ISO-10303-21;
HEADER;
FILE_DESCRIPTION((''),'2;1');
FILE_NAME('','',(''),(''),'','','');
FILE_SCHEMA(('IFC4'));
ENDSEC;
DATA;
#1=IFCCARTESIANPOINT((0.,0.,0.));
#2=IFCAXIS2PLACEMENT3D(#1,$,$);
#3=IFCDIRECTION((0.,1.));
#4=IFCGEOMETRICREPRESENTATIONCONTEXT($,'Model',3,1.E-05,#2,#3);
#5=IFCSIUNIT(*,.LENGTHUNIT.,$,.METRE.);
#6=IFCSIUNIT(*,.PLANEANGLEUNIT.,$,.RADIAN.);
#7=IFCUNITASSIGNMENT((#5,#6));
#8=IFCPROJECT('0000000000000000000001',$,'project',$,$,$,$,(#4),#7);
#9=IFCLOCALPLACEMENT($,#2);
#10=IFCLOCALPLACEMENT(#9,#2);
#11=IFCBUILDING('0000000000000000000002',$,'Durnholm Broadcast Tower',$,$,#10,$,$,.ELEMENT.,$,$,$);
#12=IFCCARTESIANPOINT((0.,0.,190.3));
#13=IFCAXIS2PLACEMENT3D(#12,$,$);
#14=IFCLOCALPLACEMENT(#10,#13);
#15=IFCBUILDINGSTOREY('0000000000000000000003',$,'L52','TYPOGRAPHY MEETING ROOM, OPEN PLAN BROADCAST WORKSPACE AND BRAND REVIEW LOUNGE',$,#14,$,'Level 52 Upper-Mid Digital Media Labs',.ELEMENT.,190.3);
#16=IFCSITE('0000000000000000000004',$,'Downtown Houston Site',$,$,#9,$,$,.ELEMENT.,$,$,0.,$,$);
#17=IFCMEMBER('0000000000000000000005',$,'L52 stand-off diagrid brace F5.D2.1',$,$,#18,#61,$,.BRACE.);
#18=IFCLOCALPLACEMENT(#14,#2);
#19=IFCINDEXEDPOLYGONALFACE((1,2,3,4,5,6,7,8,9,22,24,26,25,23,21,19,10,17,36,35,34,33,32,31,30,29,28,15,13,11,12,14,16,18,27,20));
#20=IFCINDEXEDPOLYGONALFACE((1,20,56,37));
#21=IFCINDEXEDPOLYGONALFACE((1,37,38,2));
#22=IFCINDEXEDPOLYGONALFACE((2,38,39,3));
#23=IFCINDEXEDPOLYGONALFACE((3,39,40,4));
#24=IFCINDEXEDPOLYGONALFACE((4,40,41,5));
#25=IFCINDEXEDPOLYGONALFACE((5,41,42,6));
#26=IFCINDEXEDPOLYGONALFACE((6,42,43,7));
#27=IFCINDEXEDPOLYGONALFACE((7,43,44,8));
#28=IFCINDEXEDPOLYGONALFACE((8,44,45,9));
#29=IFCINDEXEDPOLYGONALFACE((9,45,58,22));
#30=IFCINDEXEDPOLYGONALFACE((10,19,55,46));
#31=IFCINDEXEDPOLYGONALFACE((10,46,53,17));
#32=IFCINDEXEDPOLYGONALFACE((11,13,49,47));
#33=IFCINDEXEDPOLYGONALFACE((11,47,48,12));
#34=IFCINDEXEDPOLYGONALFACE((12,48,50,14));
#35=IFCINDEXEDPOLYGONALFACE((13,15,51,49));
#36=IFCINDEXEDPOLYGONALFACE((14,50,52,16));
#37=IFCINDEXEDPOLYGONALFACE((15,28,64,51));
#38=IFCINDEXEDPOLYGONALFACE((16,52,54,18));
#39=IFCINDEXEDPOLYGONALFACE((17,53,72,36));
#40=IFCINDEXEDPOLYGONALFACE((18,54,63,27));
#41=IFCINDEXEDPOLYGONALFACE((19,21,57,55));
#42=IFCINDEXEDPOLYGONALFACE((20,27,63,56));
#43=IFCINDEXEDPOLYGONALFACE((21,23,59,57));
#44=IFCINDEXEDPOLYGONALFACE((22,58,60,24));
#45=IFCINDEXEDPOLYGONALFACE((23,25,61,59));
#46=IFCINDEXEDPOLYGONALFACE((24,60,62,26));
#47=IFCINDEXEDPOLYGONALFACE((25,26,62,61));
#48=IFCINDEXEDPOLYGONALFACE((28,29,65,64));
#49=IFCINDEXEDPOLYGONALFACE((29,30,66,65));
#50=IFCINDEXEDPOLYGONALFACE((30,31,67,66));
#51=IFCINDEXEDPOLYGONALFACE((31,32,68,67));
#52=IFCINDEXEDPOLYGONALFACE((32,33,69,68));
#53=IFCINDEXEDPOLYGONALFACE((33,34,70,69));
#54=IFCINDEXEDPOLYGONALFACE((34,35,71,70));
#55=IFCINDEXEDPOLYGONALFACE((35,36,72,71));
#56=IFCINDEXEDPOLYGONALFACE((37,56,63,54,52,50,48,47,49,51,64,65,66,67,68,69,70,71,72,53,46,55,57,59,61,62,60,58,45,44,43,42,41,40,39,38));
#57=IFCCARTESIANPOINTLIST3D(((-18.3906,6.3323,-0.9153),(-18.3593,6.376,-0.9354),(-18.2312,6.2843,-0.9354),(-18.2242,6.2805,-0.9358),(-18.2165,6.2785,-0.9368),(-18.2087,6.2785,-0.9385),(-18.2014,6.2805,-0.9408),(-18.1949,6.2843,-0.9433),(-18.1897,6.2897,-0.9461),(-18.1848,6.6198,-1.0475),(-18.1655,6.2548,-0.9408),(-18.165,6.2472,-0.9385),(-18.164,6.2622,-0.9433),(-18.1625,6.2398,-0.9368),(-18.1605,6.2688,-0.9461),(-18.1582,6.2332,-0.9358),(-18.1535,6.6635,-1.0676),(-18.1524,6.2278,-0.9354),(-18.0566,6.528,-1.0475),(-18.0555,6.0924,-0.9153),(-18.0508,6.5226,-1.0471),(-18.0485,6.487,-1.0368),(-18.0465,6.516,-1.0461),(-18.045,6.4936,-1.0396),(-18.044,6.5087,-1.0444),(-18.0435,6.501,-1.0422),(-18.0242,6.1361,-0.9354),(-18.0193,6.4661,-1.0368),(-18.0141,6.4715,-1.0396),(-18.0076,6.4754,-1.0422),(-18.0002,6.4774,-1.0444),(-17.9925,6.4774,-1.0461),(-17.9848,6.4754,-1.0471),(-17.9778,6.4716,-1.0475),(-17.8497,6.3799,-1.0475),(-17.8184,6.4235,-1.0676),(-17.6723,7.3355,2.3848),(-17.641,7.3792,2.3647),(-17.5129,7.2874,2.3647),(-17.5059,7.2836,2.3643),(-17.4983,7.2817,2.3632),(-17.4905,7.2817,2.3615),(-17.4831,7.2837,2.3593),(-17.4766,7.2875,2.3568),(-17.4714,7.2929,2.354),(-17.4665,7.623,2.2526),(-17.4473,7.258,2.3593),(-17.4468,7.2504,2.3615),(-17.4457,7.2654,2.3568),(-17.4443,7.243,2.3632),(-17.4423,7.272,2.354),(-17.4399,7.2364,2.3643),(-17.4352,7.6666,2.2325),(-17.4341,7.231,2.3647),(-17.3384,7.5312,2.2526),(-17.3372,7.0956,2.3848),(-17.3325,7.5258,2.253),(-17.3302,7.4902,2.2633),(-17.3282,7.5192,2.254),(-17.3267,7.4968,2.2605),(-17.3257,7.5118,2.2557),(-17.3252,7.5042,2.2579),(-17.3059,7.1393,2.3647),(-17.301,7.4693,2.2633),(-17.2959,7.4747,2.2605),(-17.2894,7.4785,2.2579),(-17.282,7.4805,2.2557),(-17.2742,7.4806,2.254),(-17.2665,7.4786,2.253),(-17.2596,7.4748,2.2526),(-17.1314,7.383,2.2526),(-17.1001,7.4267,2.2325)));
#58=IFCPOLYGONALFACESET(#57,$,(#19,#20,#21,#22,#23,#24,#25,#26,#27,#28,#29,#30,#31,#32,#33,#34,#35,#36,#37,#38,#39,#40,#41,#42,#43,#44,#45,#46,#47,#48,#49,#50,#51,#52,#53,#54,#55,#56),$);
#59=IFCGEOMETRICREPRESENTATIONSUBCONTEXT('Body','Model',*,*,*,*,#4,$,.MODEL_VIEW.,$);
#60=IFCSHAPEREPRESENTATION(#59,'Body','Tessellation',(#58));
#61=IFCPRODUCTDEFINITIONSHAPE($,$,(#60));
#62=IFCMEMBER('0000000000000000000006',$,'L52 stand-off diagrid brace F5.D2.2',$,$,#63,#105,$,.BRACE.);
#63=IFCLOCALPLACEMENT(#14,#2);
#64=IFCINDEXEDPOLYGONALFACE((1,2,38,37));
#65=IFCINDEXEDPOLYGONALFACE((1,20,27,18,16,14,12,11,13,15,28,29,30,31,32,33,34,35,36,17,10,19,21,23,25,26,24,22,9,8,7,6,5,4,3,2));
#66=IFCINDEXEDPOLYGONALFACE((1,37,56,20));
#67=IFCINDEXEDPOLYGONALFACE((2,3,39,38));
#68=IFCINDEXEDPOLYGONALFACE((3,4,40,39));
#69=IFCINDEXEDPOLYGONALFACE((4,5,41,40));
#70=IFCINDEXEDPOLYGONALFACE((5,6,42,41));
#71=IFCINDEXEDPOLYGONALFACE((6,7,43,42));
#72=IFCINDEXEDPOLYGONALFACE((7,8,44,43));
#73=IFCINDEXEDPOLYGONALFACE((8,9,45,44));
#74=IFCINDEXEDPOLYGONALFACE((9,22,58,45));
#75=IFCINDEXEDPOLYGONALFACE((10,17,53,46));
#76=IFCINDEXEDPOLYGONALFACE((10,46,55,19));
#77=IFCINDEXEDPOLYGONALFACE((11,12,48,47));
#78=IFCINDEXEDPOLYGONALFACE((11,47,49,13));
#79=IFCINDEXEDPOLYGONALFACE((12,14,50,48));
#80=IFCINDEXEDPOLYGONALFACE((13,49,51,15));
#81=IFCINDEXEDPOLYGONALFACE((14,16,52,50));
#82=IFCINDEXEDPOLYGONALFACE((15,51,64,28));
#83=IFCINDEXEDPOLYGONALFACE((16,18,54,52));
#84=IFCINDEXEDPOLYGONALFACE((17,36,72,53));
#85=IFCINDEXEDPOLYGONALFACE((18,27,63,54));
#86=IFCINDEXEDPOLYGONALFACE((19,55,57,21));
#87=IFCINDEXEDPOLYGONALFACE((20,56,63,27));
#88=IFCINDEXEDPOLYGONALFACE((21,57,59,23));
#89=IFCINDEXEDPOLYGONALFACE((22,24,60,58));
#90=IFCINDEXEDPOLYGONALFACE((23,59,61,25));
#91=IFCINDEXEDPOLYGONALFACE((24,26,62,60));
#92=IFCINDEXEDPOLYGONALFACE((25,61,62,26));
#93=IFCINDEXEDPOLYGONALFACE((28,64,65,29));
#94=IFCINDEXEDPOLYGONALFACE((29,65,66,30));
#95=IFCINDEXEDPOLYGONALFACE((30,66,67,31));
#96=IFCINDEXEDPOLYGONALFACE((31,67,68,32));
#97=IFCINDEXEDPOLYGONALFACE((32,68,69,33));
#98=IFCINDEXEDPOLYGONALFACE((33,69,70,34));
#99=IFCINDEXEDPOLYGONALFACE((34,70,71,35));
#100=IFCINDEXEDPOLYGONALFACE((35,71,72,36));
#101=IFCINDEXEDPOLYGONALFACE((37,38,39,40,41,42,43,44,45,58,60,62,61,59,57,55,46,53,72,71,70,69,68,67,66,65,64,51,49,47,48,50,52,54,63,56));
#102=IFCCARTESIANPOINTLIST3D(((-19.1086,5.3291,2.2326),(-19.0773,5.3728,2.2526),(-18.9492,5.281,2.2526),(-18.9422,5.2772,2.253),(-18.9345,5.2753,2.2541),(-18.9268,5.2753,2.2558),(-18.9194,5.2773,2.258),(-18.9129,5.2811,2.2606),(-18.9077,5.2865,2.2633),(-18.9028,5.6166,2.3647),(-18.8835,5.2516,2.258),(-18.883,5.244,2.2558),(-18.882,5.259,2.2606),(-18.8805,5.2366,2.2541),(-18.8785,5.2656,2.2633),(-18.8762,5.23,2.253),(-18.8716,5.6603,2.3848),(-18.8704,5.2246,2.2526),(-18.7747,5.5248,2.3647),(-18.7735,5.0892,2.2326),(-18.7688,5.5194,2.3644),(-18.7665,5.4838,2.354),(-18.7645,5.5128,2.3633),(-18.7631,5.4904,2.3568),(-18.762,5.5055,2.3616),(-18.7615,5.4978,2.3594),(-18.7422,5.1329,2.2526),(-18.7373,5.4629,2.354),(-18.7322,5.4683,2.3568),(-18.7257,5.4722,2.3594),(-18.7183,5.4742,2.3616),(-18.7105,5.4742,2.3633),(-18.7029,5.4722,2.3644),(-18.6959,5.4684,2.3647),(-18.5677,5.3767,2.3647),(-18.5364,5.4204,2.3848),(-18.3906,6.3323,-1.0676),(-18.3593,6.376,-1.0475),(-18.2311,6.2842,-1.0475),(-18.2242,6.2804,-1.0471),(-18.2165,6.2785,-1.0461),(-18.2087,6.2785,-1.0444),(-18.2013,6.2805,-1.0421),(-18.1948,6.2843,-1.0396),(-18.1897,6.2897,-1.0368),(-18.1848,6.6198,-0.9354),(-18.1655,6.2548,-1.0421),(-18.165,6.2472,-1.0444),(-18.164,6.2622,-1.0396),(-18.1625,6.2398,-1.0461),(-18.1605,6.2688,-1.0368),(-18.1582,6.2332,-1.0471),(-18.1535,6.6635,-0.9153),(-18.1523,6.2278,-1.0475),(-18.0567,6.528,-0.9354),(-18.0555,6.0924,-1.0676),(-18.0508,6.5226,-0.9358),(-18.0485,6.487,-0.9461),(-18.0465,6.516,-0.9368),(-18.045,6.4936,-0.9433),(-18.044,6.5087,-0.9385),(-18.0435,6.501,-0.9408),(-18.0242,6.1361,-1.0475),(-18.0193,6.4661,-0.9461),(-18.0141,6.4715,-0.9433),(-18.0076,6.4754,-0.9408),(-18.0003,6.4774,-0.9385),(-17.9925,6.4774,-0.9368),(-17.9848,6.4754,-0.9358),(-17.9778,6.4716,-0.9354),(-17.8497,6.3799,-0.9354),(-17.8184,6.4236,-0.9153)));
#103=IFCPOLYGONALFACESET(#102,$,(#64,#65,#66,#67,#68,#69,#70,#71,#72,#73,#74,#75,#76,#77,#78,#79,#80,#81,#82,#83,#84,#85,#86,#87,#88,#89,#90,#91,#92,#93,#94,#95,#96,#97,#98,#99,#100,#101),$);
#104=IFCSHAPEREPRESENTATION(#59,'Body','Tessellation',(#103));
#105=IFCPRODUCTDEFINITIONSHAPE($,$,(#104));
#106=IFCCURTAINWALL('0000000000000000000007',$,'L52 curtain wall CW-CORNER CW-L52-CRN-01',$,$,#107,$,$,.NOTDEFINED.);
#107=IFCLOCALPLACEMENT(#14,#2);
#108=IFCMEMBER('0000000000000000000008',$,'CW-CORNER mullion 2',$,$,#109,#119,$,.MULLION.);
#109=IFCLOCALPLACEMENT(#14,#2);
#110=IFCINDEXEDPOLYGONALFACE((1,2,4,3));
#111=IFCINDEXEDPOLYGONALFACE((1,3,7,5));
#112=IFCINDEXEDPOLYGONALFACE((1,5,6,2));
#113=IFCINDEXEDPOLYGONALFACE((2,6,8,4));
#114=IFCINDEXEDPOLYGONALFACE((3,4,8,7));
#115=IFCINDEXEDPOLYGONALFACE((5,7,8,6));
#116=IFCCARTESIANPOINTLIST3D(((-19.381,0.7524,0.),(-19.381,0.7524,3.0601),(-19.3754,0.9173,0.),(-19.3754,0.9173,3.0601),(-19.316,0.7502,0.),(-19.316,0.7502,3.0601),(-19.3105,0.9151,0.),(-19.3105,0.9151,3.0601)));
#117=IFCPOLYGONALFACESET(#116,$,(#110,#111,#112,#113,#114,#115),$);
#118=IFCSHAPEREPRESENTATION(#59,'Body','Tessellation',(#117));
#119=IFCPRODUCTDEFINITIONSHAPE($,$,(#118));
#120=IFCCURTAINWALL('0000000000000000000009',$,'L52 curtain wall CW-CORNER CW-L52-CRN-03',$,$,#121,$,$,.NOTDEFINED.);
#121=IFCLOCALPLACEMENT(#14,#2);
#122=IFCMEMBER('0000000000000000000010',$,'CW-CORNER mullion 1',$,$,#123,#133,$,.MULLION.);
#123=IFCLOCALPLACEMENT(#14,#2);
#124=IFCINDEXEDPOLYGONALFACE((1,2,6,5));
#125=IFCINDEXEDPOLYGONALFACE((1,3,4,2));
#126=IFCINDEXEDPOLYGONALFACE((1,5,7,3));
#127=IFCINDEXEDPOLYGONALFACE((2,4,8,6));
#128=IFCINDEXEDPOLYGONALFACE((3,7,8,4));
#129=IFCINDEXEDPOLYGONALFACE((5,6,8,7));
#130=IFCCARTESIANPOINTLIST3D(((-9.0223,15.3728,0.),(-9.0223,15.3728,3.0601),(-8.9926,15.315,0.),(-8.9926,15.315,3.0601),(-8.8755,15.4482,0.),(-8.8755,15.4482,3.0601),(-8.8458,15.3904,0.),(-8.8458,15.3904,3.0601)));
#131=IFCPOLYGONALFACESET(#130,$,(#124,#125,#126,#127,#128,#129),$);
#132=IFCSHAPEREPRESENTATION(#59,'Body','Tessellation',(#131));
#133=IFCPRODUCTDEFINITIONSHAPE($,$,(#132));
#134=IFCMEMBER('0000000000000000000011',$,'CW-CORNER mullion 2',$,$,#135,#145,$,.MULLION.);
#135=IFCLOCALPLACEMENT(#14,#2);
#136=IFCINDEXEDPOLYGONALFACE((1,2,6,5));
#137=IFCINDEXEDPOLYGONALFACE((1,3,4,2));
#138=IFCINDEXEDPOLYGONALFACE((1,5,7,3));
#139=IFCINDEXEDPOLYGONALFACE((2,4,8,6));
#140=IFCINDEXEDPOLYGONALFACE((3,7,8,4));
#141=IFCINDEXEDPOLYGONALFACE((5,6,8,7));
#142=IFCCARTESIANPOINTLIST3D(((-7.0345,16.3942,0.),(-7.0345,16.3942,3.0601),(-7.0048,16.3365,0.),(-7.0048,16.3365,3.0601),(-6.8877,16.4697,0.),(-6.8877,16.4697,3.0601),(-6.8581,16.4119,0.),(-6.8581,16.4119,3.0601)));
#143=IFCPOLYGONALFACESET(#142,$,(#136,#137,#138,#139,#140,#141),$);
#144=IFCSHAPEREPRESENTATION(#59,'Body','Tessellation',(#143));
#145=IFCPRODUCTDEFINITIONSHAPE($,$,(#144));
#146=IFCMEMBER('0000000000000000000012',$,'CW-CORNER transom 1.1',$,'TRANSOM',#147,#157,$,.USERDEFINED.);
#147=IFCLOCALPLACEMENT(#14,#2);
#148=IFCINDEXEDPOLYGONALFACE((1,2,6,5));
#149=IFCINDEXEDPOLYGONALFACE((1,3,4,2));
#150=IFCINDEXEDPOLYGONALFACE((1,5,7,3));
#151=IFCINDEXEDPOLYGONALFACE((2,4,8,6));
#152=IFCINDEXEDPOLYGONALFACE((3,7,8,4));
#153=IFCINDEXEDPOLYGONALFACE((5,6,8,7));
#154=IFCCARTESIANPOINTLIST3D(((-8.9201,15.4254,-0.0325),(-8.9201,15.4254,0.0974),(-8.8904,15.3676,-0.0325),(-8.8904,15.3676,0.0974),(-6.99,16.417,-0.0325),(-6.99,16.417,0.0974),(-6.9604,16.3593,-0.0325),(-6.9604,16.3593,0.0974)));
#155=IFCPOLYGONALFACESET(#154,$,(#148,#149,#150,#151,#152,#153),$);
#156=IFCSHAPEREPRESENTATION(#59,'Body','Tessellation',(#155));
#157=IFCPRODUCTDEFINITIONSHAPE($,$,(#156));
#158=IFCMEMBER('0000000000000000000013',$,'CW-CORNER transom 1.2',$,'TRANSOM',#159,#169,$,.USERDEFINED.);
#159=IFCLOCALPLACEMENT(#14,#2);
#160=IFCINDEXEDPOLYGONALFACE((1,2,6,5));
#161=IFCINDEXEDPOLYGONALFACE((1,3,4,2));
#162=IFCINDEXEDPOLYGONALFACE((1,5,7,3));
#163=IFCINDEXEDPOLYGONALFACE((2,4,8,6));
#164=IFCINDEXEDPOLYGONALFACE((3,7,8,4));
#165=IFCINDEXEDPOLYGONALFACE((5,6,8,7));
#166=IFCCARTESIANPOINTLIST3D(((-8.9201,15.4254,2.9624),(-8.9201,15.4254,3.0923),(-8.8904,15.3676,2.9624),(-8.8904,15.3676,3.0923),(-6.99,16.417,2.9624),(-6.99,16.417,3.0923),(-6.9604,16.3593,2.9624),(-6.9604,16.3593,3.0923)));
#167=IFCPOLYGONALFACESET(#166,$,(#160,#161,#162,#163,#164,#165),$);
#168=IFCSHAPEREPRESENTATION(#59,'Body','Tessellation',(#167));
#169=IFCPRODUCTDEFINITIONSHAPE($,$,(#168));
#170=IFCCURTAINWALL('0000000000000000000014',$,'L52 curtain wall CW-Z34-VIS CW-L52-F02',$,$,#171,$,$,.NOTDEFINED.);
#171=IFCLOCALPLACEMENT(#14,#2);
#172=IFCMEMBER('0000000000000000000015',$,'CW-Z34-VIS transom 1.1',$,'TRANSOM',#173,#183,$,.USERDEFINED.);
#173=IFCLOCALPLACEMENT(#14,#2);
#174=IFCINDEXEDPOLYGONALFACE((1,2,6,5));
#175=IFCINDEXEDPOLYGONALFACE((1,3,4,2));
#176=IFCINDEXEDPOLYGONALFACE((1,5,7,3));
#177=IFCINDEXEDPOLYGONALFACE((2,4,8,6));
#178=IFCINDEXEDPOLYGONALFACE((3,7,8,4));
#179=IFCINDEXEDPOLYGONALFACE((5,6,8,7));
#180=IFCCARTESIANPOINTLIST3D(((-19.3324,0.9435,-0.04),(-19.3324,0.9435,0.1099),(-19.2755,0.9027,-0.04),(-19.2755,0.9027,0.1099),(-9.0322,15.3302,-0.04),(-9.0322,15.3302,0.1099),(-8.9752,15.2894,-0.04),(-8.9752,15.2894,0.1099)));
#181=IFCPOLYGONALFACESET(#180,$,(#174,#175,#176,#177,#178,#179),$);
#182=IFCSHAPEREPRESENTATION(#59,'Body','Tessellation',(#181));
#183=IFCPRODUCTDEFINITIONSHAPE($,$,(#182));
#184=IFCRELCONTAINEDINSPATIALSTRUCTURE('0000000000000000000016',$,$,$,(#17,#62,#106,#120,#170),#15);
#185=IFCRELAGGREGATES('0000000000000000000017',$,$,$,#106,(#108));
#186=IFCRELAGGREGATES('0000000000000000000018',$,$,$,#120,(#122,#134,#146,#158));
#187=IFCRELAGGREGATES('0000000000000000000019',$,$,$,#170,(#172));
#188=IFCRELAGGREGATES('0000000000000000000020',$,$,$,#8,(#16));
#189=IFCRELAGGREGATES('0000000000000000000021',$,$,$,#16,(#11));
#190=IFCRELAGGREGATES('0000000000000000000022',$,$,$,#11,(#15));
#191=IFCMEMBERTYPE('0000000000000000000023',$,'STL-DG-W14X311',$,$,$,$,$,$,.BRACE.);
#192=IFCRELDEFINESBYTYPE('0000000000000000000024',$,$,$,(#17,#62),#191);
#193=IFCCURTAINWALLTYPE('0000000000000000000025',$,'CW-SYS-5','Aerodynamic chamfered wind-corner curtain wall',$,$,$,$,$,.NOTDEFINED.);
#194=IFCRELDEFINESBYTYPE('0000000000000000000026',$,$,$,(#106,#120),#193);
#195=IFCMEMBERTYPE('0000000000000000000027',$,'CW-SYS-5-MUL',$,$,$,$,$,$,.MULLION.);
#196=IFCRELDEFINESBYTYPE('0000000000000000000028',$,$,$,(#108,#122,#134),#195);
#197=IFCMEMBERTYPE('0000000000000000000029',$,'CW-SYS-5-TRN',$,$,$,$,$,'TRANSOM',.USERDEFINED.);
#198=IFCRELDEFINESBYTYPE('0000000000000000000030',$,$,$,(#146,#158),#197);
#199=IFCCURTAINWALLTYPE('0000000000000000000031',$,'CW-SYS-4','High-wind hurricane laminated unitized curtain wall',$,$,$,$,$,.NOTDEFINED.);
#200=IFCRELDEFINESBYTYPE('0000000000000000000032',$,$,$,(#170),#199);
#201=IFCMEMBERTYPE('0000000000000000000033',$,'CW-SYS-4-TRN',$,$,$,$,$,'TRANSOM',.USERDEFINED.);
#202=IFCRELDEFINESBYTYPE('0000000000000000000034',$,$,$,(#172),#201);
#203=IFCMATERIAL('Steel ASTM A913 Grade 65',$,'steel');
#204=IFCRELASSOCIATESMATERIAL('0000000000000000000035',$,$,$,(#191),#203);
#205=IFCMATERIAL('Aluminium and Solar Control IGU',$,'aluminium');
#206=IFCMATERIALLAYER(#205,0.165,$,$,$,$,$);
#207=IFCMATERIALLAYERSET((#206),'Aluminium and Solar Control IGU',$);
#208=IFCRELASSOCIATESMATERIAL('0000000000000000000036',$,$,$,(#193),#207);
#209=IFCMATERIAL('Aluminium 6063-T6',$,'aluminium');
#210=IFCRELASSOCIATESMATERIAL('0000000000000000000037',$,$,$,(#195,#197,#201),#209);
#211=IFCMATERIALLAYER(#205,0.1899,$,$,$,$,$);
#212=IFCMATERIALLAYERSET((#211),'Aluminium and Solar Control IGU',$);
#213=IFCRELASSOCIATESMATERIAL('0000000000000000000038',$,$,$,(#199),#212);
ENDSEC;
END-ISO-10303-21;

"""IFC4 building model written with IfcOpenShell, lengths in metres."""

from ifc_helpers import new_model, si_unit, direction, frame, origin, origin_2d, place, context, subcontext, project, spatial, rectangle, i_section, extrude, source, transform, mapped, material, layer, layer_set, material_profile, profile_set, type_object, type_shapes, element, aggregate, save


model = new_model("IFC4")

# Units and contexts
model_context = context("Model", 3, precision=1e-05, world=origin(), true_north=direction((0.0, 1.0)))
body_context = subcontext(model_context, "Body", "Model", "MODEL_VIEW")
ifc_project = project(units=[si_unit("LENGTHUNIT", "METRE"), si_unit("PLANEANGLEUNIT", "RADIAN")], contexts=[model_context])

# Site, building, storey
site_placement = place(None, origin())
site = spatial("IfcSite", under=ifc_project, at=site_placement, Name="Downtown Houston Site", CompositionType="ELEMENT", RefElevation=0.0)
building_placement = place(site_placement, origin())
building = spatial("IfcBuilding", under=site, at=building_placement, Name="Durnholm Broadcast Tower", CompositionType="ELEMENT")
storey_placement = place(building_placement, frame((0.0, 0.0, 190.3)))
storey = spatial("IfcBuildingStorey", under=building, at=storey_placement, Name="L52", Description="TYPOGRAPHY MEETING ROOM, OPEN PLAN BROADCAST WORKSPACE AND BRAND REVIEW LOUNGE", LongName="Level 52 Upper-Mid Digital Media Labs", CompositionType="ELEMENT", Elevation=190.3)

# Members
ifc_material_1 = material(Name="Steel ASTM A913 Grade 65", Category="steel")
ifc_material_profile_1 = material_profile(ifc_material_1, i_section(OverallWidth=0.4121, OverallDepth=0.4348, WebThickness=0.0359, FlangeThickness=0.0574, FilletRadius=0.0305, at=origin_2d()), Name="W14X311")
ifc_profile_set_1 = profile_set([ifc_material_profile_1], Name="Steel ASTM A913 Grade 65")
member_type_1 = type_object("IfcMemberType", Name="STL-DG-W14X311", PredefinedType="BRACE", material=ifc_profile_set_1)
shared_shape_1 = source(origin(), body_context, "Body", "SweptSolid", [
    extrude(i_section(OverallWidth=0.4121, OverallDepth=0.4348, WebThickness=0.0359, FlangeThickness=0.0574, FilletRadius=0.0305, at=origin_2d()), origin(), (0.0, 0.0, 1.0), 3.5232),
])
type_shapes(member_type_1, [shared_shape_1])
for number, where, z_axis, x_axis, name in (
    (1, (-18.1045, 6.3779, -0.9915), (0.203869, 0.284738, 0.936676), (-0.813078, 0.582155, 0.0), "L52 stand-off diagrid brace F5.D2.1"),
    (2, (-18.1045, 6.3779, -0.9915), (-0.203803, -0.284742, 0.936689), (0.813171, -0.582024, 0.0), "L52 stand-off diagrid brace F5.D2.2"),
):
    element("IfcMember", number, at=place(storey_placement, frame(where, z_axis=z_axis, x_axis=x_axis)), inside=storey, type_object=member_type_1, Name=name, PredefinedType="BRACE", context=body_context, shape_type="MappedRepresentation", body=[
        mapped(shared_shape_1, transform((0.0, 0.0, 0.0), x_axis=(1.0, 0.0, 0.0), y_axis=(0.0, 1.0, 0.0), z_axis=(0.0, 0.0, 1.0), scale=1.0)),
    ])

# Curtain wall, member
ifc_material_2 = material(Name="Aluminium and Solar Control IGU", Category="aluminium")
ifc_layer_1 = layer(ifc_material_2, 0.165)
ifc_layer_set_1 = layer_set([ifc_layer_1], Name="Aluminium and Solar Control IGU")
curtain_wall_type_1 = type_object("IfcCurtainWallType", Name="CW-SYS-5", Description="Aerodynamic chamfered wind-corner curtain wall", PredefinedType="NOTDEFINED", material=ifc_layer_set_1)
curtain_wall_1_placement = place(storey_placement, origin())
curtain_wall_1 = element("IfcCurtainWall", 3, at=curtain_wall_1_placement, inside=storey, type_object=curtain_wall_type_1, Name="L52 curtain wall CW-CORNER CW-L52-CRN-01", PredefinedType="NOTDEFINED")
ifc_material_3 = material(Name="Aluminium 6063-T6", Category="aluminium")
ifc_material_profile_2 = material_profile(ifc_material_3, rectangle(XDim=0.0649, YDim=0.165, at=origin_2d()), Name="CWM65X165")
ifc_profile_set_2 = profile_set([ifc_material_profile_2], Name="Aluminium 6063-T6")
member_type_2 = type_object("IfcMemberType", Name="CW-SYS-5-MUL", PredefinedType="MULLION", material=ifc_profile_set_2)
shared_shape_2 = source(origin(), body_context, "Body", "SweptSolid", [
    extrude(rectangle(XDim=0.0649, YDim=0.165, at=origin_2d()), origin(), (0.0, 0.0, 1.0), 3.0601),
])
type_shapes(member_type_2, [shared_shape_2])
member_1_placement = place(storey_placement, frame((-19.3457, 0.8337, 0.0), z_axis=(0.0, 0.0, 1.0), x_axis=(-0.999425, 0.033913, 0.0)))
member_1 = element("IfcMember", 4, at=member_1_placement, type_object=member_type_2, Name="CW-CORNER mullion 2", PredefinedType="MULLION", context=body_context, shape_type="MappedRepresentation", body=[
    mapped(shared_shape_2, transform((0.0, 0.0, 0.0), x_axis=(1.0, 0.0, 0.0), y_axis=(0.0, 1.0, 0.0), z_axis=(0.0, 0.0, 1.0), scale=1.0)),
])
aggregate(curtain_wall_1, [member_1])

# Curtain walls, members
curtain_wall_2_placement = place(storey_placement, origin())
curtain_wall_2 = element("IfcCurtainWall", 5, at=curtain_wall_2_placement, inside=storey, type_object=curtain_wall_type_1, Name="L52 curtain wall CW-CORNER CW-L52-CRN-03", PredefinedType="NOTDEFINED")
member_2_placement = place(storey_placement, frame((-8.9341, 15.3816, 0.0), z_axis=(0.0, 0.0, 1.0), x_axis=(-0.457082, 0.889425, 0.0)))
member_2 = element("IfcMember", 6, at=member_2_placement, type_object=member_type_2, Name="CW-CORNER mullion 1", PredefinedType="MULLION", context=body_context, shape_type="MappedRepresentation", body=[
    mapped(shared_shape_2, transform((0.0, 0.0, 0.0), x_axis=(1.0, 0.0, 0.0), y_axis=(0.0, 1.0, 0.0), z_axis=(0.0, 0.0, 1.0), scale=1.0)),
])
member_3_placement = place(storey_placement, frame((-6.9463, 16.4031, 0.0), z_axis=(0.0, 0.0, 1.0), x_axis=(-0.457082, 0.889425, 0.0)))
member_3 = element("IfcMember", 7, at=member_3_placement, type_object=member_type_2, Name="CW-CORNER mullion 2", PredefinedType="MULLION", context=body_context, shape_type="MappedRepresentation", body=[
    mapped(shared_shape_2, transform((0.0, 0.0, 0.0), x_axis=(1.0, 0.0, 0.0), y_axis=(0.0, 1.0, 0.0), z_axis=(0.0, 0.0, 1.0), scale=1.0)),
])
ifc_material_profile_3 = material_profile(ifc_material_3, rectangle(XDim=0.0649, YDim=0.1299, at=origin_2d()), Name="CWT65X130")
ifc_profile_set_3 = profile_set([ifc_material_profile_3], Name="Aluminium 6063-T6")
member_type_3 = type_object("IfcMemberType", Name="CW-SYS-5-TRN", ElementType="TRANSOM", PredefinedType="USERDEFINED", material=ifc_profile_set_3)
shared_shape_3 = source(origin(), body_context, "Body", "SweptSolid", [
    extrude(rectangle(XDim=0.0649, YDim=0.1299, at=origin_2d()), origin(), (0.0, 0.0, 1.0), 2.1699),
])
type_shapes(member_type_3, [shared_shape_3])
member_4_placement = place(storey_placement, frame((-8.9053, 15.3965, 0.0325), z_axis=(0.889468, 0.456997, 0.0), x_axis=(-0.456997, 0.889468, 0.0)))
member_4 = element("IfcMember", 8, at=member_4_placement, type_object=member_type_3, Name="CW-CORNER transom 1.1", ObjectType="TRANSOM", PredefinedType="USERDEFINED", context=body_context, shape_type="MappedRepresentation", body=[
    mapped(shared_shape_3, transform((0.0, 0.0, 0.0), x_axis=(1.0, 0.0, 0.0), y_axis=(0.0, 1.0, 0.0), z_axis=(0.0, 0.0, 1.0), scale=1.0)),
])
member_5_placement = place(storey_placement, frame((-8.9053, 15.3965, 3.0273), z_axis=(0.889468, 0.456997, 0.0), x_axis=(-0.456997, 0.889468, 0.0)))
member_5 = element("IfcMember", 9, at=member_5_placement, type_object=member_type_3, Name="CW-CORNER transom 1.2", ObjectType="TRANSOM", PredefinedType="USERDEFINED", context=body_context, shape_type="MappedRepresentation", body=[
    mapped(shared_shape_3, transform((0.0, 0.0, 0.0), x_axis=(1.0, 0.0, 0.0), y_axis=(0.0, 1.0, 0.0), z_axis=(0.0, 0.0, 1.0), scale=1.0)),
])
ifc_layer_2 = layer(ifc_material_2, 0.1899)
ifc_layer_set_2 = layer_set([ifc_layer_2], Name="Aluminium and Solar Control IGU")
curtain_wall_type_2 = type_object("IfcCurtainWallType", Name="CW-SYS-4", Description="High-wind hurricane laminated unitized curtain wall", PredefinedType="NOTDEFINED", material=ifc_layer_set_2)
curtain_wall_3_placement = place(storey_placement, origin())
curtain_wall_3 = element("IfcCurtainWall", 10, at=curtain_wall_3_placement, inside=storey, type_object=curtain_wall_type_2, Name="L52 curtain wall CW-Z34-VIS CW-L52-F02", PredefinedType="NOTDEFINED")
ifc_material_profile_4 = material_profile(ifc_material_3, rectangle(XDim=0.0701, YDim=0.1499, at=origin_2d()), Name="CWT70X150")
ifc_profile_set_4 = profile_set([ifc_material_profile_4], Name="Aluminium 6063-T6")
member_type_4 = type_object("IfcMemberType", Name="CW-SYS-4-TRN", ElementType="TRANSOM", PredefinedType="USERDEFINED", material=ifc_profile_set_4)
shared_shape_4 = source(origin(), body_context, "Body", "SweptSolid", [
    extrude(rectangle(XDim=0.0701, YDim=0.1499, at=origin_2d()), origin(), (0.0, 0.0, 1.0), 17.6938),
])
type_shapes(member_type_4, [shared_shape_4])
member_6_placement = place(storey_placement, frame((-19.304, 0.9231, 0.0349), z_axis=(0.582138, 0.81309, 0.0), x_axis=(-0.81309, 0.582138, 0.0)))
member_6 = element("IfcMember", 11, at=member_6_placement, type_object=member_type_4, Name="CW-Z34-VIS transom 1.1", ObjectType="TRANSOM", PredefinedType="USERDEFINED", context=body_context, shape_type="MappedRepresentation", body=[
    mapped(shared_shape_4, transform((0.0, 0.0, 0.0), x_axis=(1.0, 0.0, 0.0), y_axis=(0.0, 1.0, 0.0), z_axis=(0.0, 0.0, 1.0), scale=1.0)),
])

aggregate(curtain_wall_2, [member_2, member_3, member_4, member_5])
aggregate(curtain_wall_3, [member_6])

save(model, "model.ifc")
